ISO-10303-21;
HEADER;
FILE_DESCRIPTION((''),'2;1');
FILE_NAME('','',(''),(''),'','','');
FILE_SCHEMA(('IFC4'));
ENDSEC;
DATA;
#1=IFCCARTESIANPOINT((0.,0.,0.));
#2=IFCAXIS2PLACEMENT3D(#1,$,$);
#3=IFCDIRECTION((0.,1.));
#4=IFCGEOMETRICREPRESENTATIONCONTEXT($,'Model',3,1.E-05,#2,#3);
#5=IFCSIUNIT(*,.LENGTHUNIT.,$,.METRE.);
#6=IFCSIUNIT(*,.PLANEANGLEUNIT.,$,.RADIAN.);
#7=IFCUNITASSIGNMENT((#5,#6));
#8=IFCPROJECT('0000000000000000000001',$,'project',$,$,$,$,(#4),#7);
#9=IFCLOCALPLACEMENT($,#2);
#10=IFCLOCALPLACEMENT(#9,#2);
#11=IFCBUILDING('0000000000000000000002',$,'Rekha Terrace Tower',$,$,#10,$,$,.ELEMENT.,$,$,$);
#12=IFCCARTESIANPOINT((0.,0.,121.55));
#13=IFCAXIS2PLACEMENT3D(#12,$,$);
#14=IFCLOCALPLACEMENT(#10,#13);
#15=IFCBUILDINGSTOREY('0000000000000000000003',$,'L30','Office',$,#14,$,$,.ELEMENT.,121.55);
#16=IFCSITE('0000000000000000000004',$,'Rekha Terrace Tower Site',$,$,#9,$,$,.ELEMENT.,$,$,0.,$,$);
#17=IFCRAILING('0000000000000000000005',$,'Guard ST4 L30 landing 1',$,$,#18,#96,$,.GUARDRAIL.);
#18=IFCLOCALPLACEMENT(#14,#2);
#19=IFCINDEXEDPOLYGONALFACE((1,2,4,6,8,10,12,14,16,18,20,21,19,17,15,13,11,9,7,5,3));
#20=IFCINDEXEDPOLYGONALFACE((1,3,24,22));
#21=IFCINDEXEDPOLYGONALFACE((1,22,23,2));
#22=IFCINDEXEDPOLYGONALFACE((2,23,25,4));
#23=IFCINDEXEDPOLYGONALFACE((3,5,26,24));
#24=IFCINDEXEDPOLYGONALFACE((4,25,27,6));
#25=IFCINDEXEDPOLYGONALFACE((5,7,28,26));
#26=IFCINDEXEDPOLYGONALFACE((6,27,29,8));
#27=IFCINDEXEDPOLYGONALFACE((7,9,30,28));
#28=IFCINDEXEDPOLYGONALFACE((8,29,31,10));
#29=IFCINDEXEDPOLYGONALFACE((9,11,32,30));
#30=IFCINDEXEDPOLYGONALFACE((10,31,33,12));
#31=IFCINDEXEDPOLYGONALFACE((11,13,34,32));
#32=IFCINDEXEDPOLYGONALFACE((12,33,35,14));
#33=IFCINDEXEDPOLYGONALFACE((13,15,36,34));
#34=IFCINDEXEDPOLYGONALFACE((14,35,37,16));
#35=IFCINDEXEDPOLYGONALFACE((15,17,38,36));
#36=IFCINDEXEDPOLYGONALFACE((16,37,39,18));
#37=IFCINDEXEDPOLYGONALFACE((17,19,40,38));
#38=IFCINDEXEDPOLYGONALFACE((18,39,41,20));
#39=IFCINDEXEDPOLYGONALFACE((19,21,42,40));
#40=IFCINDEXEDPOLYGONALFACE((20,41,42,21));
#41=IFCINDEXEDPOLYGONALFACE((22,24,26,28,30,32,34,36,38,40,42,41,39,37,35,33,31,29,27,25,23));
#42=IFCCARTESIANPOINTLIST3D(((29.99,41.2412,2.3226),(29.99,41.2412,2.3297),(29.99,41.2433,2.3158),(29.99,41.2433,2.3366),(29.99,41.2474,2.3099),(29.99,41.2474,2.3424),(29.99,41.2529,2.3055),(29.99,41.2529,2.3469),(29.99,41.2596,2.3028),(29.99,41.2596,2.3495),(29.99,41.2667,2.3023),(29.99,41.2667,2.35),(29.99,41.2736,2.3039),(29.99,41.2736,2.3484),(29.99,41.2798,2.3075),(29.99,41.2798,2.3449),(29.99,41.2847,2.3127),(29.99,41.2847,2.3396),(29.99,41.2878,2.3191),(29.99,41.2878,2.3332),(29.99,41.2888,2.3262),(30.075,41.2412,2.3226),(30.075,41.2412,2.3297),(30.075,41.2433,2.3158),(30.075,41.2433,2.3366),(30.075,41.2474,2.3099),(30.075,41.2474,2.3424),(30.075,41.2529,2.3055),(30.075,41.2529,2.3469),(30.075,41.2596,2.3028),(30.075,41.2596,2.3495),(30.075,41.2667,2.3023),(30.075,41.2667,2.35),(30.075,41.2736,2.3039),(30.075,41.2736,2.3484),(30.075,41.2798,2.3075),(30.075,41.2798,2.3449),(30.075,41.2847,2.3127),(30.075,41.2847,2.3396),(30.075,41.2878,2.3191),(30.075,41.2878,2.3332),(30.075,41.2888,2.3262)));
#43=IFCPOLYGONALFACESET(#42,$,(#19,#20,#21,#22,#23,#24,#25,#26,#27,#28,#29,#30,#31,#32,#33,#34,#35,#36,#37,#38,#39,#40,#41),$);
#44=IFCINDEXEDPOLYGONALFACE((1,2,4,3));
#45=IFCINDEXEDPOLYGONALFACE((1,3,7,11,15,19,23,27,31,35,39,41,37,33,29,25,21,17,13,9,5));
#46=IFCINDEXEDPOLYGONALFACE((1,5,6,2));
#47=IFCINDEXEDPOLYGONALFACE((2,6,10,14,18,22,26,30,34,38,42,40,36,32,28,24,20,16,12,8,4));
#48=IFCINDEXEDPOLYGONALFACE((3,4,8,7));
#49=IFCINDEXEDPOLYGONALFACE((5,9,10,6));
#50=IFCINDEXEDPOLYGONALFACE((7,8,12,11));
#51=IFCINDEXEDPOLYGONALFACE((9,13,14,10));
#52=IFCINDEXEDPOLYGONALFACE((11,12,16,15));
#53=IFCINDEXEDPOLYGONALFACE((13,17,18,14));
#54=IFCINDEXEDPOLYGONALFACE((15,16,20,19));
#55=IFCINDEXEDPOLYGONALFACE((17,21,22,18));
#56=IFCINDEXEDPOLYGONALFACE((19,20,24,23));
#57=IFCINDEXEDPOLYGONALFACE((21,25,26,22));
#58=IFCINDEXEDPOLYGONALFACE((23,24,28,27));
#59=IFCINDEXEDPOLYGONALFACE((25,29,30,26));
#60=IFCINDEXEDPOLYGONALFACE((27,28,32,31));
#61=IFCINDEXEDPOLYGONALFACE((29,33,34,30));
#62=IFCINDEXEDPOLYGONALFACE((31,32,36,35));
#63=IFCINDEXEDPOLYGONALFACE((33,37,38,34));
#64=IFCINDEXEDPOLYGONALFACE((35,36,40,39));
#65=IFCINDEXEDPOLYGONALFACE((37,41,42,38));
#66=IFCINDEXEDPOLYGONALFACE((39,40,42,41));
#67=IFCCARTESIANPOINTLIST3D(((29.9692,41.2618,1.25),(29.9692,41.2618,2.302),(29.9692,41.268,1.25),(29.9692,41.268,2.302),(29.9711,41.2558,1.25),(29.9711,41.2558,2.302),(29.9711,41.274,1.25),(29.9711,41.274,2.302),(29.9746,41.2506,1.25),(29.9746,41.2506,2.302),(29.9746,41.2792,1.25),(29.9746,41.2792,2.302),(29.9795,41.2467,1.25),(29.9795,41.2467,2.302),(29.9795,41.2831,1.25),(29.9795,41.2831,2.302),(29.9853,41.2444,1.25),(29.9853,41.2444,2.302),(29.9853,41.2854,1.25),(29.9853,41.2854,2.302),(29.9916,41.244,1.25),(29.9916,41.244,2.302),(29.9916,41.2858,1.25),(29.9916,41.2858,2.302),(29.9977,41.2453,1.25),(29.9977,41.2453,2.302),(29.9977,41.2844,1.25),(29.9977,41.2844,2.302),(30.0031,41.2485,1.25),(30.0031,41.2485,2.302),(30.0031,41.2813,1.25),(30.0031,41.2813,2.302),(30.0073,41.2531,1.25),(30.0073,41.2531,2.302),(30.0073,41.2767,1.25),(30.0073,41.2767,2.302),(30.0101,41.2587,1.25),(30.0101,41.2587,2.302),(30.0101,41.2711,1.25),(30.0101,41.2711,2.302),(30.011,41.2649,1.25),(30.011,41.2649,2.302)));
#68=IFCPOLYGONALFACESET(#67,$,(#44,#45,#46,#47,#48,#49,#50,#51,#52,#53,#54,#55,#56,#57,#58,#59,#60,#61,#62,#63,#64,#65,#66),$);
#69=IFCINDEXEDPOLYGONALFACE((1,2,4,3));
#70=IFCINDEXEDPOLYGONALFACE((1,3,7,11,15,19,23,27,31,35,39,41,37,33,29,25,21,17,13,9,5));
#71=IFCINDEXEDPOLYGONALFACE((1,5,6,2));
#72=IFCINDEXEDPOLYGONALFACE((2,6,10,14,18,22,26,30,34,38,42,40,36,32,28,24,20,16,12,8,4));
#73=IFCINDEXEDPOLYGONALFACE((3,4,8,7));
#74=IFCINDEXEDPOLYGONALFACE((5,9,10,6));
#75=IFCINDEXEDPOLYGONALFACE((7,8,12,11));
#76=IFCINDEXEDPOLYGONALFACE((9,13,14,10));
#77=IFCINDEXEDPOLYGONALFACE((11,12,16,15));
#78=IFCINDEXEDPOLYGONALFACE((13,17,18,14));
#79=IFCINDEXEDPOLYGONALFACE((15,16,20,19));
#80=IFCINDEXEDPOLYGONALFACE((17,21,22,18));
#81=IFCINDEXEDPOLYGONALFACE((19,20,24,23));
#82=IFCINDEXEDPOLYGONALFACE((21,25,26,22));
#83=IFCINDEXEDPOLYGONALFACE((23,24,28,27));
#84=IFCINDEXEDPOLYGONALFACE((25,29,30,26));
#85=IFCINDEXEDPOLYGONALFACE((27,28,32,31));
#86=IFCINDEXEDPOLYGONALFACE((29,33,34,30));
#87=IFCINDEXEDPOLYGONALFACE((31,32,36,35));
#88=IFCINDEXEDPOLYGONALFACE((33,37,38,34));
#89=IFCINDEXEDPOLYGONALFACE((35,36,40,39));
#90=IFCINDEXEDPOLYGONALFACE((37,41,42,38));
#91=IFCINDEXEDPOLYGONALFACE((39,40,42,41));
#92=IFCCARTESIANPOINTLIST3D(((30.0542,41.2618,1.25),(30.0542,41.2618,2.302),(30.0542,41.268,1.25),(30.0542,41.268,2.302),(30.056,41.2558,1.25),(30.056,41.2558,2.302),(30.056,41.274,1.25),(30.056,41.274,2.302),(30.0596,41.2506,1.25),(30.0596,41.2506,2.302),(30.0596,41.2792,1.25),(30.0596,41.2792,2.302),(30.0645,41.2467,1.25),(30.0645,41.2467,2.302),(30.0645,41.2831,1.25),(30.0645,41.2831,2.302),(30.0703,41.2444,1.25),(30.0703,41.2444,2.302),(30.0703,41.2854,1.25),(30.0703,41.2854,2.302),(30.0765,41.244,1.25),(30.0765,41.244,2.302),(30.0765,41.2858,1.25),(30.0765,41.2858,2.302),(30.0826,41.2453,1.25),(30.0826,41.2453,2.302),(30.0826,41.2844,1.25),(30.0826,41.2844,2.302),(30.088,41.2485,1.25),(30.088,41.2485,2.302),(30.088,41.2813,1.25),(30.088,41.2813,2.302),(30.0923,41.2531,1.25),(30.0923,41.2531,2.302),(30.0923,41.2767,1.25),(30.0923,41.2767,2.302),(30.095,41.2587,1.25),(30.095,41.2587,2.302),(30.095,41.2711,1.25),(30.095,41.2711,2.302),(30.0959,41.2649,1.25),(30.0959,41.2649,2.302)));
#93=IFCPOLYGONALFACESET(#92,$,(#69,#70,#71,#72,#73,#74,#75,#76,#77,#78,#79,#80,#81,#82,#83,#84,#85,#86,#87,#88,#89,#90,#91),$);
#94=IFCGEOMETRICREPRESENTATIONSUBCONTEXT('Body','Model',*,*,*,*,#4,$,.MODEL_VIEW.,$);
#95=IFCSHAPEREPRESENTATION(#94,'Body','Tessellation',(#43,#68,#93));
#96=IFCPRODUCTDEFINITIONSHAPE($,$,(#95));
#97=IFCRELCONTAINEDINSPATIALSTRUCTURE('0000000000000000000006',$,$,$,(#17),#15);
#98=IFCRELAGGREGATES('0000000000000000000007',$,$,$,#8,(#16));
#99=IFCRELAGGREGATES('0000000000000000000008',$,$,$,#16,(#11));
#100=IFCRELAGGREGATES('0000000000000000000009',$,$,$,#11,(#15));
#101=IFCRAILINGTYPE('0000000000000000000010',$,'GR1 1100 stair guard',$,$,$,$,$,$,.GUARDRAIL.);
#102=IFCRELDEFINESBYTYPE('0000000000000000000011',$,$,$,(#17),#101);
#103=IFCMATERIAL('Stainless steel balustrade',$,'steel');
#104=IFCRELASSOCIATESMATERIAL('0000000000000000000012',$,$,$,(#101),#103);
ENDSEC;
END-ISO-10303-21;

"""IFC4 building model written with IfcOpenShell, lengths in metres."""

from ifc_helpers import new_model, si_unit, direction, frame, origin, origin_2d, place, context, subcontext, project, spatial, circle, extrude, material, type_object, element, save


model = new_model("IFC4")

# Units and contexts
model_context = context("Model", 3, precision=1e-05, world=origin(), true_north=direction((0.0, 1.0)))
body_context = subcontext(model_context, "Body", "Model", "MODEL_VIEW")
ifc_project = project(units=[si_unit("LENGTHUNIT", "METRE"), si_unit("PLANEANGLEUNIT", "RADIAN")], contexts=[model_context])

# Site, building, storey
site_placement = place(None, origin())
site = spatial("IfcSite", under=ifc_project, at=site_placement, Name="Rekha Terrace Tower Site", CompositionType="ELEMENT", RefElevation=0.0)
building_placement = place(site_placement, origin())
building = spatial("IfcBuilding", under=site, at=building_placement, Name="Rekha Terrace Tower", CompositionType="ELEMENT")
storey_placement = place(building_placement, frame((0.0, 0.0, 121.55)))
storey = spatial("IfcBuildingStorey", under=building, at=storey_placement, Name="L30", Description="Office", CompositionType="ELEMENT", Elevation=121.55)

# Railing
ifc_material_1 = material(Name="Stainless steel balustrade", Category="steel")
railing_type_1 = type_object("IfcRailingType", Name="GR1 1100 stair guard", PredefinedType="GUARDRAIL", material=ifc_material_1)
railing_1_placement = place(storey_placement, frame((29.99, 41.2649, 1.25)))
element("IfcRailing", 1, at=railing_1_placement, inside=storey, type_object=railing_type_1, Name="Guard ST4 L30 landing 1", PredefinedType="GUARDRAIL", context=body_context, shape_type="SweptSolid", body=[
    extrude(circle(Radius=0.0239, at=origin_2d()), frame((0.0, 0.0, 1.0762), z_axis=(1.0, 0.0, 0.0), x_axis=(0.0, 1.0, 0.0)), (0.0, 0.0, 1.0), 0.085),
    extrude(circle(Radius=0.021, at=origin_2d()), origin(), (0.0, 0.0, 1.0), 1.052),
    extrude(circle(Radius=0.021, at=origin_2d()), frame((0.085, 0.0, 0.0)), (0.0, 0.0, 1.0), 1.052),
])

save(model, "model.ifc")
